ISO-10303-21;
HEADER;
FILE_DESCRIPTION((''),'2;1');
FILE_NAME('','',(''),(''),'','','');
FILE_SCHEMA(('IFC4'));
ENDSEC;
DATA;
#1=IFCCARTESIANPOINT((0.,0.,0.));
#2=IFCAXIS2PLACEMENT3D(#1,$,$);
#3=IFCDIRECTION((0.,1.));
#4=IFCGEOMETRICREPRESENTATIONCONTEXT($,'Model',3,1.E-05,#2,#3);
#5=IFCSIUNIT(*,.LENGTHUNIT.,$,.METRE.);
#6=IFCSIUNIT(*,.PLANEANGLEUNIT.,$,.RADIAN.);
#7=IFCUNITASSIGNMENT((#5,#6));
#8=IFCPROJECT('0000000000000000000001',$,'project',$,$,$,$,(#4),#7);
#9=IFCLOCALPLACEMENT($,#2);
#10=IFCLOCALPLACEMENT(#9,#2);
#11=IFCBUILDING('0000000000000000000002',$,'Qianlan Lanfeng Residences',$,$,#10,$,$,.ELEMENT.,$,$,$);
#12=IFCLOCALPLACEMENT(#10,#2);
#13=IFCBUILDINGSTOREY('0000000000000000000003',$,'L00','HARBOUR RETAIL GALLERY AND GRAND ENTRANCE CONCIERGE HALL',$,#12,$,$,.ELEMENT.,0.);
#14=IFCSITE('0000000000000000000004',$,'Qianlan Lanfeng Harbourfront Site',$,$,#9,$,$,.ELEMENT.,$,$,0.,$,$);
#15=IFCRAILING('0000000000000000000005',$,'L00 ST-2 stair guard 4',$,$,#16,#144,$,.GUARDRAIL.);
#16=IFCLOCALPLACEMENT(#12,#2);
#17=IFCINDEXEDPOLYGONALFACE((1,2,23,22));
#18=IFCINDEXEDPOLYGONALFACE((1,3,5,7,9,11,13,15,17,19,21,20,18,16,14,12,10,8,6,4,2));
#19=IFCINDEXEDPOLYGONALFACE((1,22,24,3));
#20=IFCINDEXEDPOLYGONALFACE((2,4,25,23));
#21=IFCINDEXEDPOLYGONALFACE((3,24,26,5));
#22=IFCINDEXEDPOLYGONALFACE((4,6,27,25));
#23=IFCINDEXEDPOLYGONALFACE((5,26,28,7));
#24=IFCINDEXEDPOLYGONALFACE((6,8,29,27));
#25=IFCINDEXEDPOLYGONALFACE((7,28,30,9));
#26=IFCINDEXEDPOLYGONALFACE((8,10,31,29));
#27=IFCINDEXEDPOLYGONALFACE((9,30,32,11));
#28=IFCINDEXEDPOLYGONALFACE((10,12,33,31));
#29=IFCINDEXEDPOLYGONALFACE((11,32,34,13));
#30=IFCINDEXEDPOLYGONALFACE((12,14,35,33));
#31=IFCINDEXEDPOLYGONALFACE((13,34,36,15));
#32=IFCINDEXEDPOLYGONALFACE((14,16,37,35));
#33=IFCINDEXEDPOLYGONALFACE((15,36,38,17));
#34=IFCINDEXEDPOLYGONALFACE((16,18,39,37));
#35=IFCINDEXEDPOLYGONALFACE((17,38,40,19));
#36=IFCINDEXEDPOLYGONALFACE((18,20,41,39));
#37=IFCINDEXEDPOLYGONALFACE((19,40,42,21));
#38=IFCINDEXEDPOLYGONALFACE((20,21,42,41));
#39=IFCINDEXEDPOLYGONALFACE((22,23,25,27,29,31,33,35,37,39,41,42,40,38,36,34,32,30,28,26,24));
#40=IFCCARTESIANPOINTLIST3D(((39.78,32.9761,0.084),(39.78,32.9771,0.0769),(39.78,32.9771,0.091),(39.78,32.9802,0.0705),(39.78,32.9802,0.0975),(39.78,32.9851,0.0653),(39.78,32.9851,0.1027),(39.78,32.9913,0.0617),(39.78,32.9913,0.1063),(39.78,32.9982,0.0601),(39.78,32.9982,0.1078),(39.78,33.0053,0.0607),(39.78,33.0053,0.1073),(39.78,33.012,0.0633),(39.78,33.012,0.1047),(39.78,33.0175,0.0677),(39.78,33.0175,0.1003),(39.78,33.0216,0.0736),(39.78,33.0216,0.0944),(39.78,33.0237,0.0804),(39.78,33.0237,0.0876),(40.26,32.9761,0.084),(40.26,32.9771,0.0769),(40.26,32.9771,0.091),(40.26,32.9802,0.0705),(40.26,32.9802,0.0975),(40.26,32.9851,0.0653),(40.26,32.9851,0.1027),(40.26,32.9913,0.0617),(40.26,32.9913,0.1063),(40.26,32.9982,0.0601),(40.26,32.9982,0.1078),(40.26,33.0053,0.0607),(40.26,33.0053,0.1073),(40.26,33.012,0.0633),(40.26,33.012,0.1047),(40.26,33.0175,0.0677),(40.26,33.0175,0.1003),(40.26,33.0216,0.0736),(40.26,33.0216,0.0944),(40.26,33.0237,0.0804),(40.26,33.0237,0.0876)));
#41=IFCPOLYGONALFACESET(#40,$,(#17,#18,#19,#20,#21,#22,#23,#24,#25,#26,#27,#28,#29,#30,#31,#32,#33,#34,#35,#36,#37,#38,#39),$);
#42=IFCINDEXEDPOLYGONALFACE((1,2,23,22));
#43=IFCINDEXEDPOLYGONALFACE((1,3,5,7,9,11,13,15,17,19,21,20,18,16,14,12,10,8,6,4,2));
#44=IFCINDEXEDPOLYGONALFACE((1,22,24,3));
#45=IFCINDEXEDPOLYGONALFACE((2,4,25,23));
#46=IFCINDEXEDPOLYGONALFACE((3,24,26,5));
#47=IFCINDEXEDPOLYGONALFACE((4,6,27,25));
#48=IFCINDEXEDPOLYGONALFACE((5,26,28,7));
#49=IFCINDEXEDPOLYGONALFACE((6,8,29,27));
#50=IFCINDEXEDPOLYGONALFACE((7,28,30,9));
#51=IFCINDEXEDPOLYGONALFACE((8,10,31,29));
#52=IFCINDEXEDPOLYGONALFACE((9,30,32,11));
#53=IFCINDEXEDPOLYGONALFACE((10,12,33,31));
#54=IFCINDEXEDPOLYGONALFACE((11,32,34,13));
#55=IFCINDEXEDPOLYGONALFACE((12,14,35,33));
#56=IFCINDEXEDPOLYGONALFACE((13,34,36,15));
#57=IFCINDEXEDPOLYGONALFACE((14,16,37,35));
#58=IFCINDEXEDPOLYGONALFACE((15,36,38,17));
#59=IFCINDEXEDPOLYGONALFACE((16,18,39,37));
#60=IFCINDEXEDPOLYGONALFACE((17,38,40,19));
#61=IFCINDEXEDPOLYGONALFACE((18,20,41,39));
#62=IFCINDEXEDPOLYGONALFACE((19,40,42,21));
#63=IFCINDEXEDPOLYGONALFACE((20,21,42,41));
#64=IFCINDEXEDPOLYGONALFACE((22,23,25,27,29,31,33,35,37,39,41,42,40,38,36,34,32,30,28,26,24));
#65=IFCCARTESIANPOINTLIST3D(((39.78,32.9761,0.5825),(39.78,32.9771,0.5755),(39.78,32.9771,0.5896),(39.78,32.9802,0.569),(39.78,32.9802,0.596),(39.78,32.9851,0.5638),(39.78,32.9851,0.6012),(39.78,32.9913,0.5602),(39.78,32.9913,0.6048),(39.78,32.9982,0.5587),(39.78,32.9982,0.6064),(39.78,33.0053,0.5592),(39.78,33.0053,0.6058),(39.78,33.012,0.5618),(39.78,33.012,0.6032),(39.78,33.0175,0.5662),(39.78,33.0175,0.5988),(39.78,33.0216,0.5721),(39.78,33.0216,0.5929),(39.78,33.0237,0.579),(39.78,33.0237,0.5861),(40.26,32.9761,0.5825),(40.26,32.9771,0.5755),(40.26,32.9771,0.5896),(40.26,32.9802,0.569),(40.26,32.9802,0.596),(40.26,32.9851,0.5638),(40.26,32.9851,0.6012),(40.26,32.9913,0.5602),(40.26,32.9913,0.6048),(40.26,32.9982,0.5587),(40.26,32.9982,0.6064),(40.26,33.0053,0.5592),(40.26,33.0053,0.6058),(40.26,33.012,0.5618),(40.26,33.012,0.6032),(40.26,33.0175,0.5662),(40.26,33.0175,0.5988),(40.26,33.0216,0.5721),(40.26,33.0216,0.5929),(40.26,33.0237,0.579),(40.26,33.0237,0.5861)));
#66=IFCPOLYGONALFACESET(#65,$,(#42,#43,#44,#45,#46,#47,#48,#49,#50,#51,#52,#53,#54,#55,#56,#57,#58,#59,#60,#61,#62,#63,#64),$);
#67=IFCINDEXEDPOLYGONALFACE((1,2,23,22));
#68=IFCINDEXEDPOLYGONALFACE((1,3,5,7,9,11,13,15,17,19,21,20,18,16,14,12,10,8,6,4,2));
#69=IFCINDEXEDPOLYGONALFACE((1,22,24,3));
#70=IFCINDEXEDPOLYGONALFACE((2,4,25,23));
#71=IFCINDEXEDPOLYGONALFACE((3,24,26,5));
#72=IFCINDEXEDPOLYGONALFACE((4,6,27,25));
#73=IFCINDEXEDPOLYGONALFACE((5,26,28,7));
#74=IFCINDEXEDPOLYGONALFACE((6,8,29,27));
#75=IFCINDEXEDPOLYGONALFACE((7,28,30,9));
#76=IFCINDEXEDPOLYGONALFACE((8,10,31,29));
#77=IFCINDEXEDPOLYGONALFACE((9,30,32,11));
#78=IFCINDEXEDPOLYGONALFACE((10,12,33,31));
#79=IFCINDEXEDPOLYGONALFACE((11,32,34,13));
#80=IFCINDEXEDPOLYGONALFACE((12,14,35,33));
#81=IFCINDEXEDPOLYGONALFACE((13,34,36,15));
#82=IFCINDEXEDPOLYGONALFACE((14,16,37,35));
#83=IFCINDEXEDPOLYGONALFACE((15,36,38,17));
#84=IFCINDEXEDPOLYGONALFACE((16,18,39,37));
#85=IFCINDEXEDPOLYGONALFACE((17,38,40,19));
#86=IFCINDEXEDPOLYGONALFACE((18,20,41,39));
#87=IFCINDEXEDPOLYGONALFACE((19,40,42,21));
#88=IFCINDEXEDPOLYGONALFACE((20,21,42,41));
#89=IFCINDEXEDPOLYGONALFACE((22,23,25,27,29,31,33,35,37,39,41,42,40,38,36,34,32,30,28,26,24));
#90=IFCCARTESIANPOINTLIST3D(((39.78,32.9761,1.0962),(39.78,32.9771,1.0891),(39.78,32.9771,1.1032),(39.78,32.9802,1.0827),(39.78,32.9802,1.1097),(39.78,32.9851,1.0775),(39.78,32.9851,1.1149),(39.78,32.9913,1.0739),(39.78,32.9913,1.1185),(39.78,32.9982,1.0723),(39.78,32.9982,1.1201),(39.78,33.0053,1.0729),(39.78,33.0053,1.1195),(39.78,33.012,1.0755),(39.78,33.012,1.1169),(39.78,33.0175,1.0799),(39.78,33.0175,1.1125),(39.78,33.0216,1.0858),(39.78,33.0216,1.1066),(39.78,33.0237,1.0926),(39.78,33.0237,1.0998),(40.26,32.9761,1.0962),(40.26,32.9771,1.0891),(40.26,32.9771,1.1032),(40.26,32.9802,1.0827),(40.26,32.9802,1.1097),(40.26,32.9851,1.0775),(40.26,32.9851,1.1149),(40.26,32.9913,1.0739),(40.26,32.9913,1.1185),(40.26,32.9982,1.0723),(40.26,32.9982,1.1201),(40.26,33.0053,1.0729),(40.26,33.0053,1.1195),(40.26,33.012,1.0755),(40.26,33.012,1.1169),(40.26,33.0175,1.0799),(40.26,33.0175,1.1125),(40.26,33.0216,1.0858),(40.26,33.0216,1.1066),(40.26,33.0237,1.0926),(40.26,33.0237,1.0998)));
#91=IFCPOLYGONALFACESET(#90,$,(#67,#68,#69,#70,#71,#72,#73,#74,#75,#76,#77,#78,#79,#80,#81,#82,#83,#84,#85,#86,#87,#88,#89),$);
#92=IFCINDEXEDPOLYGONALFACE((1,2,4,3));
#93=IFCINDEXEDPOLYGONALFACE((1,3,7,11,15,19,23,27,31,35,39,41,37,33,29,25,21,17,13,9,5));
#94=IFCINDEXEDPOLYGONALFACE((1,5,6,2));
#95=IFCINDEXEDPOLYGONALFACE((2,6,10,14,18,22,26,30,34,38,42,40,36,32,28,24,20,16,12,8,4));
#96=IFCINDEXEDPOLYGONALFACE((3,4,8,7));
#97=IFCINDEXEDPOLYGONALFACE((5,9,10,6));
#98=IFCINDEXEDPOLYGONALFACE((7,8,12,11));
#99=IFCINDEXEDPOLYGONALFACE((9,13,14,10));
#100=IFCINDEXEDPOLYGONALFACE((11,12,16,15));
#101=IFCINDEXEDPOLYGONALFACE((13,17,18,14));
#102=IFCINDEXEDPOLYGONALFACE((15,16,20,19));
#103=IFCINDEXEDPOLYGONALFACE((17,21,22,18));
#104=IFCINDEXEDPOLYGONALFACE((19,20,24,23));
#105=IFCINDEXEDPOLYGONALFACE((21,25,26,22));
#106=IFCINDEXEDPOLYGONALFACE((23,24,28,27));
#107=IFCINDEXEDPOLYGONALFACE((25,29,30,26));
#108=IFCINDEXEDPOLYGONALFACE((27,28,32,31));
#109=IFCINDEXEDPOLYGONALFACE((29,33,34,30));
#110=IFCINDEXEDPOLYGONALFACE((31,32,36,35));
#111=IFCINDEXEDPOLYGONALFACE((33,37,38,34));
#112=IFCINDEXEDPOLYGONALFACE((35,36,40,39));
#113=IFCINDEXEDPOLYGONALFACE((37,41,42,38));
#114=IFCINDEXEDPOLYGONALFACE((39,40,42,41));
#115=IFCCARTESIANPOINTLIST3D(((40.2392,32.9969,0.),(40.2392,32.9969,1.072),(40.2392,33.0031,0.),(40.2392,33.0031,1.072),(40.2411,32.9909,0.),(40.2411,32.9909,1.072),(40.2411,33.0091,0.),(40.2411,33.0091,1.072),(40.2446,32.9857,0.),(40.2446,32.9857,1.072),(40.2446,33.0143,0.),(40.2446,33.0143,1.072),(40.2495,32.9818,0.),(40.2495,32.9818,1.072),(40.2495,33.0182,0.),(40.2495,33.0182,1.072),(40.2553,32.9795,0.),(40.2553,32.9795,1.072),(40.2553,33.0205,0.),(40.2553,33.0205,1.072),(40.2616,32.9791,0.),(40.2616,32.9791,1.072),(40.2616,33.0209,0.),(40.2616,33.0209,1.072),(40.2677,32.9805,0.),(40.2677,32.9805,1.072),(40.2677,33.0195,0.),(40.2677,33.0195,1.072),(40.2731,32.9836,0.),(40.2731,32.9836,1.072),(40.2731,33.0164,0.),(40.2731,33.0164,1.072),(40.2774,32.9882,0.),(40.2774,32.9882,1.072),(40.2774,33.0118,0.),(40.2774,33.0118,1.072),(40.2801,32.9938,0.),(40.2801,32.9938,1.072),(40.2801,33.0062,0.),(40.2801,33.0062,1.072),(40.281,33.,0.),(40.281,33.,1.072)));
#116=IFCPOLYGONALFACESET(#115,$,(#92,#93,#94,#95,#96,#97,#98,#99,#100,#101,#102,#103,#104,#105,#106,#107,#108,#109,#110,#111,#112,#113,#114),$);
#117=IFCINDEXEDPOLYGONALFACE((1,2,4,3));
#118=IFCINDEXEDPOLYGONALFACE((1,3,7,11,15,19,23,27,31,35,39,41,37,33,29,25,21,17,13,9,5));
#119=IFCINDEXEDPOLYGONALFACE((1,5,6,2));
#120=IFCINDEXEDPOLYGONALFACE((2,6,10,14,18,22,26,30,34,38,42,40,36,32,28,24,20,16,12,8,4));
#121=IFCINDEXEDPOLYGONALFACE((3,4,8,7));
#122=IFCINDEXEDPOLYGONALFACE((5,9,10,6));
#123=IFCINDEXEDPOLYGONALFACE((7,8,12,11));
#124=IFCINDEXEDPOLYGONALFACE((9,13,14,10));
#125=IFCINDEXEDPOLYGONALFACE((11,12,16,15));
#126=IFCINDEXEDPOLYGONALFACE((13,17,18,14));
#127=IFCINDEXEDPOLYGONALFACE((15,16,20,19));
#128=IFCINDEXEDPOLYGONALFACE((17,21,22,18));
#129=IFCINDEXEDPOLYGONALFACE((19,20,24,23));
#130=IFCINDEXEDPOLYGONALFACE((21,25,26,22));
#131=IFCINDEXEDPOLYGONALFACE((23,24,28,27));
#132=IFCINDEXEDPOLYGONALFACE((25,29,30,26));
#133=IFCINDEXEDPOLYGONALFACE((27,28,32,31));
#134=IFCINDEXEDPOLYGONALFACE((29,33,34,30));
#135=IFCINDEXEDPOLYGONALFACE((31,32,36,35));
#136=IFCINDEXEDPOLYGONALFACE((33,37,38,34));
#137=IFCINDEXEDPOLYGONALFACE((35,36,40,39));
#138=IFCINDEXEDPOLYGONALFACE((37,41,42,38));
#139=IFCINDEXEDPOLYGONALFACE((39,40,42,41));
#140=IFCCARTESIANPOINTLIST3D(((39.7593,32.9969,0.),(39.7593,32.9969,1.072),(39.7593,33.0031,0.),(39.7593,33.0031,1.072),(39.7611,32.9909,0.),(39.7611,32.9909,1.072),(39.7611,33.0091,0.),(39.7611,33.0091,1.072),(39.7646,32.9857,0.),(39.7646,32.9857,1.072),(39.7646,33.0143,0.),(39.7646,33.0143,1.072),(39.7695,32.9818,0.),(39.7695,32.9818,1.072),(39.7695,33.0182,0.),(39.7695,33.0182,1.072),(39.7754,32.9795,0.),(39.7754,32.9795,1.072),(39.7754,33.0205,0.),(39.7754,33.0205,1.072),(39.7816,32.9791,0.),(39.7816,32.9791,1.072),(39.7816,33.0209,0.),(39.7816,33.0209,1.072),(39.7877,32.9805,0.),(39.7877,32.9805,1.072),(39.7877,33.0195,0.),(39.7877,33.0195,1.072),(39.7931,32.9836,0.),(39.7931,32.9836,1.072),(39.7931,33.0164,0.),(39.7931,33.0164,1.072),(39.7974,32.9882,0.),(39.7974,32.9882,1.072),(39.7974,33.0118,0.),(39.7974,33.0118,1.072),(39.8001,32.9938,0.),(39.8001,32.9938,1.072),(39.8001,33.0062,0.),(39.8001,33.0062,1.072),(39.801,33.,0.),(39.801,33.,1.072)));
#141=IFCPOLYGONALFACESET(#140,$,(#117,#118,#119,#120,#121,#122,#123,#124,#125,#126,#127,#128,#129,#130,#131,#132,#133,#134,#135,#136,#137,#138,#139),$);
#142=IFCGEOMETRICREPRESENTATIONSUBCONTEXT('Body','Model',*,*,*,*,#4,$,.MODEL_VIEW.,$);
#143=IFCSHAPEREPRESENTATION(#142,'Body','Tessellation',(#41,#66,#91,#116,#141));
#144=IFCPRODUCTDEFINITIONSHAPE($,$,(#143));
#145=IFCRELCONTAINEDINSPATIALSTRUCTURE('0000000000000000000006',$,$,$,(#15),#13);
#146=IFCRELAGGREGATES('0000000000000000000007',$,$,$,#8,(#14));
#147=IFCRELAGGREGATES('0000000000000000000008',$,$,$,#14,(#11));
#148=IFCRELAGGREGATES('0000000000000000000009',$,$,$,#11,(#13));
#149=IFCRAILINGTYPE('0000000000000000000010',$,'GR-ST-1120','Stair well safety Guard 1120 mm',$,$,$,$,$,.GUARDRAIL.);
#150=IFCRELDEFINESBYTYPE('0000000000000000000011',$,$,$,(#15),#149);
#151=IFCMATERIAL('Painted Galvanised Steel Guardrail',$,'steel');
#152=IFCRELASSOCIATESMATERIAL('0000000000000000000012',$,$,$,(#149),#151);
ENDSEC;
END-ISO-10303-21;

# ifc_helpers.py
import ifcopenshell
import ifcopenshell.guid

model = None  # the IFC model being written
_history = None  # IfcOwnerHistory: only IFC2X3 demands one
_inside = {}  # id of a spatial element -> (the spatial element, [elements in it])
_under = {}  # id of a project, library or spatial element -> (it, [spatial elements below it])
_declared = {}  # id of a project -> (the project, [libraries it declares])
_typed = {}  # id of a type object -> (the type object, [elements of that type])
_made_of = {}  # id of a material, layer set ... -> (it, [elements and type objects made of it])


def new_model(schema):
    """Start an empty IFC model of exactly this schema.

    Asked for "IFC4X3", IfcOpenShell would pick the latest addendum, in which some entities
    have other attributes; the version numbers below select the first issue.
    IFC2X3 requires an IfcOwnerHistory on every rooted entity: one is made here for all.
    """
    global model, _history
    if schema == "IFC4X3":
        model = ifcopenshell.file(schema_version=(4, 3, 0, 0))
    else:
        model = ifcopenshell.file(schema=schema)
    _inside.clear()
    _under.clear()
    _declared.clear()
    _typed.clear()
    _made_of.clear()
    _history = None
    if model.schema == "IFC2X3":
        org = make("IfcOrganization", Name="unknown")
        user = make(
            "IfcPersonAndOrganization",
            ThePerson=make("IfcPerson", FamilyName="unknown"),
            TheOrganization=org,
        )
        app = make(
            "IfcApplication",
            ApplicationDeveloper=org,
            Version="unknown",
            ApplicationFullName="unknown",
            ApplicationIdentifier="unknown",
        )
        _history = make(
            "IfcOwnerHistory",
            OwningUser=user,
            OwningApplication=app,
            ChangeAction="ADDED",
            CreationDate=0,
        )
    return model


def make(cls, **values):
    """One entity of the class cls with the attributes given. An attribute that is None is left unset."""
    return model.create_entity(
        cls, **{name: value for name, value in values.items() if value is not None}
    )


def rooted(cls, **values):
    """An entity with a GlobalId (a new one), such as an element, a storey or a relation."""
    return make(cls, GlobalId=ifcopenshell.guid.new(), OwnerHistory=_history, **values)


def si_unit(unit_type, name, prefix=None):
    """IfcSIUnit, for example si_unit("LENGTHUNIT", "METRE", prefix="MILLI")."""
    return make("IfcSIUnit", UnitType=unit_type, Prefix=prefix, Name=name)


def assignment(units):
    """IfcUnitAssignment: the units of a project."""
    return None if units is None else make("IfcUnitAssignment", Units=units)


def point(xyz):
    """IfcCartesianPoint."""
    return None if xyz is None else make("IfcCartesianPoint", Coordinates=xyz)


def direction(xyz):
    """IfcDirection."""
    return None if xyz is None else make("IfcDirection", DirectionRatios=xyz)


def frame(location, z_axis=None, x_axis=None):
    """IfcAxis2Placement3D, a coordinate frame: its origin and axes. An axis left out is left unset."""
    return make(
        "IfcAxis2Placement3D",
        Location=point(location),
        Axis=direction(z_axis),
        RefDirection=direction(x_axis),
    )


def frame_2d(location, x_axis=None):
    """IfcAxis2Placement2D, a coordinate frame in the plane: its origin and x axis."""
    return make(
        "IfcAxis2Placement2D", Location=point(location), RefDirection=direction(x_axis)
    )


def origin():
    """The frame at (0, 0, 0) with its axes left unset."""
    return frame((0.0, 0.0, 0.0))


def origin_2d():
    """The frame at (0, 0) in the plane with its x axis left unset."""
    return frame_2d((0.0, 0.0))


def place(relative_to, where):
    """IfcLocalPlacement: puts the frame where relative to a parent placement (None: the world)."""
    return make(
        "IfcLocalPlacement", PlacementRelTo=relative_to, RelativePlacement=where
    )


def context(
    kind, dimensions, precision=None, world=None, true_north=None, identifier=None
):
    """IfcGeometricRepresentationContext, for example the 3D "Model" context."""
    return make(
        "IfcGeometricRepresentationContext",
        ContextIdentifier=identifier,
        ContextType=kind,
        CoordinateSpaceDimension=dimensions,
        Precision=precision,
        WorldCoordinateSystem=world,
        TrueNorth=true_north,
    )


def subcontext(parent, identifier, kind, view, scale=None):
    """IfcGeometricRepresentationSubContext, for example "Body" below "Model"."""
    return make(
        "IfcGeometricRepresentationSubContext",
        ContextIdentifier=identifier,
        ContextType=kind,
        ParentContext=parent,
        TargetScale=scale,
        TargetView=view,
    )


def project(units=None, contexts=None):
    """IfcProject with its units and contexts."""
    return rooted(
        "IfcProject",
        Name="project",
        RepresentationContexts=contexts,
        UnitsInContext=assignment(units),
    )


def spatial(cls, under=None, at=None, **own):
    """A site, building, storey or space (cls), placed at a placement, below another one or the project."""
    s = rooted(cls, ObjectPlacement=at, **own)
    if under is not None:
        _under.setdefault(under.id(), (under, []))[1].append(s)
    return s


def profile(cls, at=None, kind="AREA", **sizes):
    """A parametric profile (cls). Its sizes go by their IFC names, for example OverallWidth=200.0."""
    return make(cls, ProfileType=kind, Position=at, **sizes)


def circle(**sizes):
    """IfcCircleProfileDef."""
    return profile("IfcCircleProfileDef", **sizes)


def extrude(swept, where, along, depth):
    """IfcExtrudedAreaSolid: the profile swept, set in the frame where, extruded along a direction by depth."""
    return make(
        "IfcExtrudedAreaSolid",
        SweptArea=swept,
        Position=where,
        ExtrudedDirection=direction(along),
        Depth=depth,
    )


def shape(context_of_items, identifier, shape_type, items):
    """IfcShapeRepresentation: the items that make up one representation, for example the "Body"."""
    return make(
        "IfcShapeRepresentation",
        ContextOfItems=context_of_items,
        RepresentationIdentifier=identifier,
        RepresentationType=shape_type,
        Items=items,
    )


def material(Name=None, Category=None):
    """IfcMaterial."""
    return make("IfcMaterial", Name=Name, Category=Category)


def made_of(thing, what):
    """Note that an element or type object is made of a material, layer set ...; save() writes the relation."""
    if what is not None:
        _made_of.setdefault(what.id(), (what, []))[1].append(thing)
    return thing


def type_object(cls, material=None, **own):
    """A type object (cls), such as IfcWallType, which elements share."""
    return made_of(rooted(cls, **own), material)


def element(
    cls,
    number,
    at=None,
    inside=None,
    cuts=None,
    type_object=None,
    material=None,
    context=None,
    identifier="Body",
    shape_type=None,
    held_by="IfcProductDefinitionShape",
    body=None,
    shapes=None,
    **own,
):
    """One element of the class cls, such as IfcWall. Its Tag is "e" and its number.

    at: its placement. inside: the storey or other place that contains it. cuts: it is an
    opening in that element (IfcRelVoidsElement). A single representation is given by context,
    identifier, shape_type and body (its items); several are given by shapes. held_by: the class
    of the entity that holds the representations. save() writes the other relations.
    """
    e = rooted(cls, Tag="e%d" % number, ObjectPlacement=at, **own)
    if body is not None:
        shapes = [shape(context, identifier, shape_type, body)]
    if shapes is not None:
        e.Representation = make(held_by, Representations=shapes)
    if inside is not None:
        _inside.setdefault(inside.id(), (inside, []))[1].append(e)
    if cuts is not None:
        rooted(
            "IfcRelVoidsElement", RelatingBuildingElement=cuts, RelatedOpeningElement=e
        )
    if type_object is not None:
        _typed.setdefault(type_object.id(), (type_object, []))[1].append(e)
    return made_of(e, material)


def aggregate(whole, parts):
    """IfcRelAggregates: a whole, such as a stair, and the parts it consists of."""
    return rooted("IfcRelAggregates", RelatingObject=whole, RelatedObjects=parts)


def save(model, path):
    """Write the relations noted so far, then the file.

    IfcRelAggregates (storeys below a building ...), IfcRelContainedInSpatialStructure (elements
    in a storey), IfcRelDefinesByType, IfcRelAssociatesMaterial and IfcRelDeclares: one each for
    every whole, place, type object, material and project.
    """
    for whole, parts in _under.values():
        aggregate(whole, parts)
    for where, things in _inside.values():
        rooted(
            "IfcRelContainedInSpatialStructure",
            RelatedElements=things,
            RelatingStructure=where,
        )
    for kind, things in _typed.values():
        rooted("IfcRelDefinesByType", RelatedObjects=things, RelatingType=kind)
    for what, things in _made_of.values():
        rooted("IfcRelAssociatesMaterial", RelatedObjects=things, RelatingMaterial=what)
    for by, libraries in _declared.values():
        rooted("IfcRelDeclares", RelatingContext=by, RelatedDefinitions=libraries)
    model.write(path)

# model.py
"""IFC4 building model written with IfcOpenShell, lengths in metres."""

from ifc_helpers import new_model, si_unit, direction, frame, origin, origin_2d, place, context, subcontext, project, spatial, circle, extrude, material, type_object, element, save


model = new_model("IFC4")

# Units and contexts
model_context = context("Model", 3, precision=1e-05, world=origin(), true_north=direction((0.0, 1.0)))
body_context = subcontext(model_context, "Body", "Model", "MODEL_VIEW")
ifc_project = project(units=[si_unit("LENGTHUNIT", "METRE"), si_unit("PLANEANGLEUNIT", "RADIAN")], contexts=[model_context])

# Site, building, storey
site_placement = place(None, origin())
site = spatial("IfcSite", under=ifc_project, at=site_placement, Name="Qianlan Lanfeng Harbourfront Site", CompositionType="ELEMENT", RefElevation=0.0)
building_placement = place(site_placement, origin())
building = spatial("IfcBuilding", under=site, at=building_placement, Name="Qianlan Lanfeng Residences", CompositionType="ELEMENT")
storey_placement = place(building_placement, origin())
storey = spatial("IfcBuildingStorey", under=building, at=storey_placement, Name="L00", Description="HARBOUR RETAIL GALLERY AND GRAND ENTRANCE CONCIERGE HALL", CompositionType="ELEMENT", Elevation=0.0)

# Railing
ifc_material_1 = material(Name="Painted Galvanised Steel Guardrail", Category="steel")
railing_type_1 = type_object("IfcRailingType", Name="GR-ST-1120", Description="Stair well safety Guard 1120 mm", PredefinedType="GUARDRAIL", material=ifc_material_1)
for number, where, name in (
    (1, (40.26, 33.0, 0.0), "L00 ST-2 stair guard 4"),
):
    element("IfcRailing", number, at=place(storey_placement, frame(where)), inside=storey, type_object=railing_type_1, Name=name, PredefinedType="GUARDRAIL", context=body_context, shape_type="SweptSolid", body=[
        extrude(circle(Radius=0.0239, at=origin_2d()), frame((0.0, 0.0, 0.084), z_axis=(-1.0, 0.0, 0.0), x_axis=(0.0, -1.0, 0.0)), (0.0, 0.0, 1.0), 0.48),
        extrude(circle(Radius=0.0239, at=origin_2d()), frame((0.0, 0.0, 0.5825), z_axis=(-1.0, 0.0, 0.0), x_axis=(0.0, -1.0, 0.0)), (0.0, 0.0, 1.0), 0.48),
        extrude(circle(Radius=0.0239, at=origin_2d()), frame((0.0, 0.0, 1.0962), z_axis=(-1.0, 0.0, 0.0), x_axis=(0.0, -1.0, 0.0)), (0.0, 0.0, 1.0), 0.48),
        extrude(circle(Radius=0.021, at=origin_2d()), origin(), (0.0, 0.0, 1.0), 1.072),
        extrude(circle(Radius=0.021, at=origin_2d()), frame((-0.48, 0.0, 0.0)), (0.0, 0.0, 1.0), 1.072),
    ])

save(model, "model.ifc")
